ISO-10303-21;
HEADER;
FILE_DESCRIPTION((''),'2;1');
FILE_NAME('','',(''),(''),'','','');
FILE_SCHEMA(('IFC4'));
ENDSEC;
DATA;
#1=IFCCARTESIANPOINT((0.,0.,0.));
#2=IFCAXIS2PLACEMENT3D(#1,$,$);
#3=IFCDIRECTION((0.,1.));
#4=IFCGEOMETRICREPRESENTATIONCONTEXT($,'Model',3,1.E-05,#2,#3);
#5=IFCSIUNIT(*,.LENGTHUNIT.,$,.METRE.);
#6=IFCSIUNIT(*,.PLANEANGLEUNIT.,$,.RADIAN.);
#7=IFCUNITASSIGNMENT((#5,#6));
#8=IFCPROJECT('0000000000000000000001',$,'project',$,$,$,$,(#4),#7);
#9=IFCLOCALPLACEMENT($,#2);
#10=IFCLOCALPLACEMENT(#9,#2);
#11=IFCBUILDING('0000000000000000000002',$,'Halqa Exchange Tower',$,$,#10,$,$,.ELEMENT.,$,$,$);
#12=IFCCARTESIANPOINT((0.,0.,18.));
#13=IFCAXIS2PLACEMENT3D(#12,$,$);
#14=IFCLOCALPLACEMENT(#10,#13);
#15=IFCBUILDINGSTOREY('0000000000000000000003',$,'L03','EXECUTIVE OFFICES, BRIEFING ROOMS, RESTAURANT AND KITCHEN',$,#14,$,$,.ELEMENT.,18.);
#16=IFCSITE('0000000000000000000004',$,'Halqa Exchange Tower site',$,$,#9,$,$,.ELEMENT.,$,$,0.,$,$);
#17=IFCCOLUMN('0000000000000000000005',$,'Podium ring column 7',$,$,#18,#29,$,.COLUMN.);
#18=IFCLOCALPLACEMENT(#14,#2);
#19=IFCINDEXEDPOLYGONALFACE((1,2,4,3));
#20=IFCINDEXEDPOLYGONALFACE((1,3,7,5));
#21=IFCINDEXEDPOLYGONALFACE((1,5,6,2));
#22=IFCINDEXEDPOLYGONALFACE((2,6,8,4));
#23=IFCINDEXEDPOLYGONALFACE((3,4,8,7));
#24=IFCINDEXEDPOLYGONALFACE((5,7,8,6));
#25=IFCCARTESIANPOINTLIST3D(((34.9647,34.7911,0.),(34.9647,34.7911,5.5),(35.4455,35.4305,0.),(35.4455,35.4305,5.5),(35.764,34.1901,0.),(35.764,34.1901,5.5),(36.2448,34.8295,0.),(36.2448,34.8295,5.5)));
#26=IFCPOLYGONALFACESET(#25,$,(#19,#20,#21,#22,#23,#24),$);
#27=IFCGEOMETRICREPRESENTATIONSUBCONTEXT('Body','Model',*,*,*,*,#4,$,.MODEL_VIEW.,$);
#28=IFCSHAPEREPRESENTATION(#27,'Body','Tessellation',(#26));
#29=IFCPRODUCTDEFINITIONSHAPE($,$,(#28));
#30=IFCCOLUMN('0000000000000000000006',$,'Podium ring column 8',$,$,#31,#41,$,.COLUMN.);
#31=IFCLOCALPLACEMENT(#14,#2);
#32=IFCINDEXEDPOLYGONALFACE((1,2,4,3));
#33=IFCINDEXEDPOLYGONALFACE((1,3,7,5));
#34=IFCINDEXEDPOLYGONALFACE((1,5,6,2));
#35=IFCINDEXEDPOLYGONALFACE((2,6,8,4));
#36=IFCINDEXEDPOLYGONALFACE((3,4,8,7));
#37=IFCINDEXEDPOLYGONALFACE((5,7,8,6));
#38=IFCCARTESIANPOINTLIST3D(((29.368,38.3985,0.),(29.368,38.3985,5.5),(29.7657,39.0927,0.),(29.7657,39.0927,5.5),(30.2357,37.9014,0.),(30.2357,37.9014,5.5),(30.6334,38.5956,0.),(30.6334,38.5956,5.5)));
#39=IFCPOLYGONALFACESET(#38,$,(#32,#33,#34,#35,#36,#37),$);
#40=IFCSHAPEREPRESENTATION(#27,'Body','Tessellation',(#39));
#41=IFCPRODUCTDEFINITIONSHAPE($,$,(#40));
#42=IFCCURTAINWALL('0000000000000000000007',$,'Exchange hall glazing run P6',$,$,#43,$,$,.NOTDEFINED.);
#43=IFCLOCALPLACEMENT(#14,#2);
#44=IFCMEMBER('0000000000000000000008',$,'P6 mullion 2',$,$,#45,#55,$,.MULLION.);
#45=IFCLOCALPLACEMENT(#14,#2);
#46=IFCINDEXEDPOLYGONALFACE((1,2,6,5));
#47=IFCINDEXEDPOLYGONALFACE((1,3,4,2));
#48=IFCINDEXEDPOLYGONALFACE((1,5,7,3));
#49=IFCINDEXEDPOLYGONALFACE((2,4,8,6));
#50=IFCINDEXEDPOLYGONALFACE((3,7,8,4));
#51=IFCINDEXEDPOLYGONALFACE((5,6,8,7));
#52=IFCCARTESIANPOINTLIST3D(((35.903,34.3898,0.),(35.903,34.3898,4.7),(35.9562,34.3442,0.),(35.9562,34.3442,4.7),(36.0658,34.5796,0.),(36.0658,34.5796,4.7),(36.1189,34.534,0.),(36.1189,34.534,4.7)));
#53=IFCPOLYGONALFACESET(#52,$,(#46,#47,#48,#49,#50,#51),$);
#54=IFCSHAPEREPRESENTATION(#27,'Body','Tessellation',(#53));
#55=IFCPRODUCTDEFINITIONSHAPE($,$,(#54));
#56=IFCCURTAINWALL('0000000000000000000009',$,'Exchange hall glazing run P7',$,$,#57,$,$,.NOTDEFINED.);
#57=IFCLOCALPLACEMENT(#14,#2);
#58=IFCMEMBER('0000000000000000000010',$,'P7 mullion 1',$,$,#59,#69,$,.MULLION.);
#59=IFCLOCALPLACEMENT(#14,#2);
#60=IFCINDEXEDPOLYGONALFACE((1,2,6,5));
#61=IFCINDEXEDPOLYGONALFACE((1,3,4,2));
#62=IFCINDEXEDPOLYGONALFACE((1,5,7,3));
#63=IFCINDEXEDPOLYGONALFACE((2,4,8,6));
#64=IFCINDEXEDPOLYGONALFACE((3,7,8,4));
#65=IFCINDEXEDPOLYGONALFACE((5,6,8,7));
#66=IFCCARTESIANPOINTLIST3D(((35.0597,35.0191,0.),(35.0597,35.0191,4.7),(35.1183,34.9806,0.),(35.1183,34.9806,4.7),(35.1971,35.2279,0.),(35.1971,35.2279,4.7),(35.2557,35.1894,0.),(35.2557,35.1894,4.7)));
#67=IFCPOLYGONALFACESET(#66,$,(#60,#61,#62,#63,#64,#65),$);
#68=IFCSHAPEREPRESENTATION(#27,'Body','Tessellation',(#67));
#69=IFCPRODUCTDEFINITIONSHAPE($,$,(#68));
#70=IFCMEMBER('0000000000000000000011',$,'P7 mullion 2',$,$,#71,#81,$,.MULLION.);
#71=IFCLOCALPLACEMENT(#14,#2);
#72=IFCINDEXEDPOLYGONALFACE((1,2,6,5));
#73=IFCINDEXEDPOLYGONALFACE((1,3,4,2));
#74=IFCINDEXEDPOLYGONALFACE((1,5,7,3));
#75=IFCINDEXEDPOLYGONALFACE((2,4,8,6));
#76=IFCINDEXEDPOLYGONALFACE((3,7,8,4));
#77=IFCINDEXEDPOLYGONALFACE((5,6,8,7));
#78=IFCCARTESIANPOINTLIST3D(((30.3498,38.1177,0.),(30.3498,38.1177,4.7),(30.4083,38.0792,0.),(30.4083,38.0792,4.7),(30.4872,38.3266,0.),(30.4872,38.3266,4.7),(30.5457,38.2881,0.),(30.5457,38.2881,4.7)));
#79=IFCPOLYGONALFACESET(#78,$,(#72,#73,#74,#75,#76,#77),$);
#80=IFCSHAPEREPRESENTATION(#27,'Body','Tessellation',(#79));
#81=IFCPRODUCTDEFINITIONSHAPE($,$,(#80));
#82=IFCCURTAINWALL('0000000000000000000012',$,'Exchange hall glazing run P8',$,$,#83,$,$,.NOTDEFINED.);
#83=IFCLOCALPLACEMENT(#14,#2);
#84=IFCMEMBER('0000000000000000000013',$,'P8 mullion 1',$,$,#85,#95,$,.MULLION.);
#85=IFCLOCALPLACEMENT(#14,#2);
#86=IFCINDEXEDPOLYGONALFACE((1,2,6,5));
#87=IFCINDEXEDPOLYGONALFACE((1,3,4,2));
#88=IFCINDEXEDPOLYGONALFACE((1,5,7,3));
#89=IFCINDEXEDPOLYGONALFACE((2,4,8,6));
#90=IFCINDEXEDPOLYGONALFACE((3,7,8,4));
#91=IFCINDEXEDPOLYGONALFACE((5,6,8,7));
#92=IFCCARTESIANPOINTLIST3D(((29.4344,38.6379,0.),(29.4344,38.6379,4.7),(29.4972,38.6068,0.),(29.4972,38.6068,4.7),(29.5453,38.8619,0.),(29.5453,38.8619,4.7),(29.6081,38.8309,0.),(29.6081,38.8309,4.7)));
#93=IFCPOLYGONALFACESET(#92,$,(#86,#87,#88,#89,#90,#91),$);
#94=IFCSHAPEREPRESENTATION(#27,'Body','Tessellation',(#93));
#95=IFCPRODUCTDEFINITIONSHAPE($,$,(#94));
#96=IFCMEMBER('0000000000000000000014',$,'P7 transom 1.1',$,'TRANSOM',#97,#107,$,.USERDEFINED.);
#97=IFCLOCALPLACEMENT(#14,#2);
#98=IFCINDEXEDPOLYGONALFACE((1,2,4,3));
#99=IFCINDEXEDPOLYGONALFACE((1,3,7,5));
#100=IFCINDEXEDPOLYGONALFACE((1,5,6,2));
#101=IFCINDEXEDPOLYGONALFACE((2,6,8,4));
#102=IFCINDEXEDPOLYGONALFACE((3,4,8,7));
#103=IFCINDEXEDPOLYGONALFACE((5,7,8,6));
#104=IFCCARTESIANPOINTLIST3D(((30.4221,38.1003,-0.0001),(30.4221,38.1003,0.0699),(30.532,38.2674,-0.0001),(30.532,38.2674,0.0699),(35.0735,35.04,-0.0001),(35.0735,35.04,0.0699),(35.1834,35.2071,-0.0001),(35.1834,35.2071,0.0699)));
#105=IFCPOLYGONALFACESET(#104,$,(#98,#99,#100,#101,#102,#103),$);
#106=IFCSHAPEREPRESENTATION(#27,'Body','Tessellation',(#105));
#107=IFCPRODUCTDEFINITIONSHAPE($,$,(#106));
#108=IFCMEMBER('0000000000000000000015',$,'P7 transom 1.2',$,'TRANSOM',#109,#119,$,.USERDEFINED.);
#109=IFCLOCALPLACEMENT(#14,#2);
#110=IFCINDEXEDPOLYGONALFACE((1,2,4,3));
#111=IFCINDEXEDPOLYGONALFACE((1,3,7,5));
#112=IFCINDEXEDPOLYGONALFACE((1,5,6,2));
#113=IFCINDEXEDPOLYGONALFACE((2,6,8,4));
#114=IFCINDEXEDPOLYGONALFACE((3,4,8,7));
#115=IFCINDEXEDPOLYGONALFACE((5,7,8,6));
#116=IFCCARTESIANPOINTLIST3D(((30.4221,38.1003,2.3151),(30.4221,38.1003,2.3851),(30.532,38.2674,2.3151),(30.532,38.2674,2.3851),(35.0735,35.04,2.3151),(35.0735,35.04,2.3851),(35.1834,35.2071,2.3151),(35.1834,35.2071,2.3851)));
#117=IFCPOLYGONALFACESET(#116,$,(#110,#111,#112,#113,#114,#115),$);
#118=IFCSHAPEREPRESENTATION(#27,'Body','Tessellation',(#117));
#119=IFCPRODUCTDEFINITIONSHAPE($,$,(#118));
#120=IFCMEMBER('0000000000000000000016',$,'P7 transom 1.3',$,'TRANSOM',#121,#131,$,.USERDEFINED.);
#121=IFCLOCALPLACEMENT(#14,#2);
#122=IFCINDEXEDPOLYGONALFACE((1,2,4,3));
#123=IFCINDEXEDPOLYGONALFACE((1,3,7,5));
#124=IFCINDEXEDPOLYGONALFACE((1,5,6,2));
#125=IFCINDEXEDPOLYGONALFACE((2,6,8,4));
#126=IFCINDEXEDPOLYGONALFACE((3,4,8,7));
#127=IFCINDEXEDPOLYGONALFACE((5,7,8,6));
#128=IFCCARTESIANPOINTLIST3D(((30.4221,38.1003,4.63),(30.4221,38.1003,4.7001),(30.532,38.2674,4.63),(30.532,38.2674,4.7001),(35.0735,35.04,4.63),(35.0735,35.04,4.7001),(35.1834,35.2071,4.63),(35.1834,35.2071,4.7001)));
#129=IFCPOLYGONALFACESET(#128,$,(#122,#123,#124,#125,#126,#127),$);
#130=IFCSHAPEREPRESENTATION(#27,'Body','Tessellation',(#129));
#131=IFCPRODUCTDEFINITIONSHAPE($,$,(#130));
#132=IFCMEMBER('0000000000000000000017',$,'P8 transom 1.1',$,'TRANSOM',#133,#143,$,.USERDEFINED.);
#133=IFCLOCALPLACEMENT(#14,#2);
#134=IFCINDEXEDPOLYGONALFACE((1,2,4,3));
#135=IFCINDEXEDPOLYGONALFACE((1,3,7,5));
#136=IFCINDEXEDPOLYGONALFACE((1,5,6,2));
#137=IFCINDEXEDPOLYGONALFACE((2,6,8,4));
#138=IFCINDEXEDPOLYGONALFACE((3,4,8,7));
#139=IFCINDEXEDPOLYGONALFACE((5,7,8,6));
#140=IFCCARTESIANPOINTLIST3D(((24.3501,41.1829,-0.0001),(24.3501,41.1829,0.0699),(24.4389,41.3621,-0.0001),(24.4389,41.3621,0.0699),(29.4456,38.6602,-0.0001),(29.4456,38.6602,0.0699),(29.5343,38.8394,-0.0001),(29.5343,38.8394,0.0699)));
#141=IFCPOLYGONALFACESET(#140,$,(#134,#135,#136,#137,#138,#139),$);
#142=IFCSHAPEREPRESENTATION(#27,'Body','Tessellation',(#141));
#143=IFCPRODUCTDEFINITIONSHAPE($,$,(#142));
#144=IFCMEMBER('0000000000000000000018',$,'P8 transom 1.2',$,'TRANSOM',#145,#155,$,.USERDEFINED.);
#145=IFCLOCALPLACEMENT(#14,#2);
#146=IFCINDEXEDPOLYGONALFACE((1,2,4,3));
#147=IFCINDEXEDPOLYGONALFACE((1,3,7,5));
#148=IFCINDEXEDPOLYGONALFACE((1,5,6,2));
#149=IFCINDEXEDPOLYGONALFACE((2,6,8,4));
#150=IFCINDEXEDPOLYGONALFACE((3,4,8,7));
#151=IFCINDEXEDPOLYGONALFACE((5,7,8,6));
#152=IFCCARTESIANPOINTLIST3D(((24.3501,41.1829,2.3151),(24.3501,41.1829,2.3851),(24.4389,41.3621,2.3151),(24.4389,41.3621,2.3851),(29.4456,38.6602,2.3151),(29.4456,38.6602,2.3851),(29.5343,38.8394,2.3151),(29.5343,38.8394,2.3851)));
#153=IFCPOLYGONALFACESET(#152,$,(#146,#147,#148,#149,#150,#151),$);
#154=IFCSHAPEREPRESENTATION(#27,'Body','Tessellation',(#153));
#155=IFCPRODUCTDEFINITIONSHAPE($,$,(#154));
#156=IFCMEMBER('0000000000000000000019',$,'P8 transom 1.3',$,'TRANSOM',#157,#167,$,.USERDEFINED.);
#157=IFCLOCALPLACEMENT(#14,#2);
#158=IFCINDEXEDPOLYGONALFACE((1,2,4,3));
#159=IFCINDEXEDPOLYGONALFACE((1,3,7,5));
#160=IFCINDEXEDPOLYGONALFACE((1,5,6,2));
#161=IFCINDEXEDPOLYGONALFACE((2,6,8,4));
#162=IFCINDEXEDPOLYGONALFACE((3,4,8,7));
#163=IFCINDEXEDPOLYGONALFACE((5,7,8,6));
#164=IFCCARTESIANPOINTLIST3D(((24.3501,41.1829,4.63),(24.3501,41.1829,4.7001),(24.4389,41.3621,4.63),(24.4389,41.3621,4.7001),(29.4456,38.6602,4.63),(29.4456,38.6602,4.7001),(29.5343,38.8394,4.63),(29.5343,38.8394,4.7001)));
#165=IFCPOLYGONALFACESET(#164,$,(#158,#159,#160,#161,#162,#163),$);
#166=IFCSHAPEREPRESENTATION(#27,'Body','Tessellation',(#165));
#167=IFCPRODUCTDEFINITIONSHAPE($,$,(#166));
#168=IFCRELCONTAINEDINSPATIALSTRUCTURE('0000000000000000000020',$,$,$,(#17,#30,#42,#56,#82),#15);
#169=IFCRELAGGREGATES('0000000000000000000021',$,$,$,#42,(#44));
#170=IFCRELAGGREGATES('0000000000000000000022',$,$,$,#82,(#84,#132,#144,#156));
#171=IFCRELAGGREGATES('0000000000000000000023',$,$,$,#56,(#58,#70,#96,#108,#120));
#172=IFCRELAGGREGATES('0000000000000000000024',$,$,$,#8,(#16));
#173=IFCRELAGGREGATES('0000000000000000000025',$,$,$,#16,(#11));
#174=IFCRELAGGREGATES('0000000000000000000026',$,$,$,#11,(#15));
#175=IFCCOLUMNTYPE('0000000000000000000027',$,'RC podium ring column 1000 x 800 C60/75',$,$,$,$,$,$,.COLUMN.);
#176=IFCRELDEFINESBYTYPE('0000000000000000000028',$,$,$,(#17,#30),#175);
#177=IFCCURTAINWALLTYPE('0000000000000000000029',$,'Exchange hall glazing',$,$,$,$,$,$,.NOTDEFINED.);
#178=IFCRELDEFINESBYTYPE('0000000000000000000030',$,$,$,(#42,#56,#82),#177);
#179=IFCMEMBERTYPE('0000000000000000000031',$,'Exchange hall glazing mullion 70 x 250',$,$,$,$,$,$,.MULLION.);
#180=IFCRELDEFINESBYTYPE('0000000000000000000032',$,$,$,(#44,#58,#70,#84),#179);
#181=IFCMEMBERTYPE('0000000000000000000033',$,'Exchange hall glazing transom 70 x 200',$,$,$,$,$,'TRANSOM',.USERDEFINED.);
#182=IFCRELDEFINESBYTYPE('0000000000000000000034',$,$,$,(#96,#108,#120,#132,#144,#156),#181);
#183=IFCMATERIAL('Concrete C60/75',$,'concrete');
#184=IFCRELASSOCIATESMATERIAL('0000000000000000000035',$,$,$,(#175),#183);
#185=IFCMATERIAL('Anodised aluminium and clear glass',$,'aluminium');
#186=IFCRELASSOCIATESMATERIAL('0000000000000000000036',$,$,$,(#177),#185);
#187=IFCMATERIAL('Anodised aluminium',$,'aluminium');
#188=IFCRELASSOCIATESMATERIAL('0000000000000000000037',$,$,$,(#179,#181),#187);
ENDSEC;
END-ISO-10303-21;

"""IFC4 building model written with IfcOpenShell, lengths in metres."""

from ifc_helpers import new_model, si_unit, direction, frame, origin, origin_2d, place, context, subcontext, project, spatial, rectangle, extrude, material, material_profile, profile_set, type_object, element, aggregate, save


model = new_model("IFC4")

# Units and contexts
model_context = context("Model", 3, precision=1e-05, world=origin(), true_north=direction((0.0, 1.0)))
body_context = subcontext(model_context, "Body", "Model", "MODEL_VIEW")
ifc_project = project(units=[si_unit("LENGTHUNIT", "METRE"), si_unit("PLANEANGLEUNIT", "RADIAN")], contexts=[model_context])

# Site, building, storey
site_placement = place(None, origin())
site = spatial("IfcSite", under=ifc_project, at=site_placement, Name="Halqa Exchange Tower site", CompositionType="ELEMENT", RefElevation=0.0)
building_placement = place(site_placement, origin())
building = spatial("IfcBuilding", under=site, at=building_placement, Name="Halqa Exchange Tower", CompositionType="ELEMENT")
storey_placement = place(building_placement, frame((0.0, 0.0, 18.0)))
storey = spatial("IfcBuildingStorey", under=building, at=storey_placement, Name="L03", Description="EXECUTIVE OFFICES, BRIEFING ROOMS, RESTAURANT AND KITCHEN", CompositionType="ELEMENT", Elevation=18.0)

# Columns
ifc_material_1 = material(Name="Concrete C60/75", Category="concrete")
ifc_material_profile_1 = material_profile(ifc_material_1, rectangle(XDim=1.0, YDim=0.8, at=origin_2d()), Name="1000 x 800")
ifc_profile_set_1 = profile_set([ifc_material_profile_1], Name="Concrete C60/75")
column_type = type_object("IfcColumnType", Name="RC podium ring column 1000 x 800 C60/75", PredefinedType="COLUMN", material=ifc_profile_set_1)
for number, where, z_axis, x_axis, name in (
    (1, (35.6047, 34.8103, 0.0), (0.0, 0.0, 1.0), (-0.79926, 0.600985, 0.0), "Podium ring column 7"),
    (2, (30.0007, 38.4971, 0.0), (0.0, 0.0, 1.0), (-0.867693, 0.4971, 0.0), "Podium ring column 8"),
):
    element("IfcColumn", number, at=place(storey_placement, frame(where, z_axis=z_axis, x_axis=x_axis)), inside=storey, type_object=column_type, Name=name, PredefinedType="COLUMN", context=body_context, shape_type="SweptSolid", body=[
        extrude(rectangle(XDim=1.0, YDim=0.8, at=origin_2d()), origin(), (0.0, 0.0, 1.0), 5.5),
    ])

# Curtain wall, member
ifc_material_2 = material(Name="Anodised aluminium and clear glass", Category="aluminium")
curtain_wall_type = type_object("IfcCurtainWallType", Name="Exchange hall glazing", PredefinedType="NOTDEFINED", material=ifc_material_2)
curtain_wall_1_placement = place(storey_placement, origin())
curtain_wall_1 = element("IfcCurtainWall", 3, at=curtain_wall_1_placement, inside=storey, type_object=curtain_wall_type, Name="Exchange hall glazing run P6", PredefinedType="NOTDEFINED")
ifc_material_3 = material(Name="Anodised aluminium", Category="aluminium")
ifc_material_profile_2 = material_profile(ifc_material_3, rectangle(XDim=0.25, YDim=0.0701, at=origin_2d()), Name="AL 70x250")
ifc_profile_set_2 = profile_set([ifc_material_profile_2], Name="Anodised aluminium")
member_type_1 = type_object("IfcMemberType", Name="Exchange hall glazing mullion 70 x 250", PredefinedType="MULLION", material=ifc_profile_set_2)
member_1_placement = place(storey_placement, frame((36.011, 34.4619, 0.0), z_axis=(0.0, 0.0, 1.0), x_axis=(-0.650911, -0.759154, 0.0)))
member_1 = element("IfcMember", 4, at=member_1_placement, type_object=member_type_1, Name="P6 mullion 2", PredefinedType="MULLION", context=body_context, shape_type="SweptSolid", body=[
    extrude(rectangle(XDim=0.25, YDim=0.0701, at=origin_2d()), origin(), (0.0, 0.0, 1.0), 4.7),
])
aggregate(curtain_wall_1, [member_1])

# Curtain wall, members
curtain_wall_2_placement = place(storey_placement, origin())
curtain_wall_2 = element("IfcCurtainWall", 5, at=curtain_wall_2_placement, inside=storey, type_object=curtain_wall_type, Name="Exchange hall glazing run P7", PredefinedType="NOTDEFINED")
member_2_placement = place(storey_placement, frame((35.1577, 35.1042, 0.0), z_axis=(0.0, 0.0, 1.0), x_axis=(-0.54962, -0.835415, 0.0)))
member_2 = element("IfcMember", 6, at=member_2_placement, type_object=member_type_1, Name="P7 mullion 1", PredefinedType="MULLION", context=body_context, shape_type="SweptSolid", body=[
    extrude(rectangle(XDim=0.25, YDim=0.0701, at=origin_2d()), origin(), (0.0, 0.0, 1.0), 4.7),
])
member_3_placement = place(storey_placement, frame((30.4478, 38.2029, 0.0), z_axis=(0.0, 0.0, 1.0), x_axis=(-0.54962, -0.835415, 0.0)))
member_3 = element("IfcMember", 7, at=member_3_placement, type_object=member_type_1, Name="P7 mullion 2", PredefinedType="MULLION", context=body_context, shape_type="SweptSolid", body=[
    extrude(rectangle(XDim=0.25, YDim=0.0701, at=origin_2d()), origin(), (0.0, 0.0, 1.0), 4.7),
])

# Curtain wall, member
curtain_wall_3_placement = place(storey_placement, origin())
curtain_wall_3 = element("IfcCurtainWall", 8, at=curtain_wall_3_placement, inside=storey, type_object=curtain_wall_type, Name="Exchange hall glazing run P8", PredefinedType="NOTDEFINED")
member_4_placement = place(storey_placement, frame((29.5212, 38.7344, 0.0), z_axis=(0.0, 0.0, 1.0), x_axis=(-0.443653, -0.896198, 0.0)))
member_4 = element("IfcMember", 9, at=member_4_placement, type_object=member_type_1, Name="P8 mullion 1", PredefinedType="MULLION", context=body_context, shape_type="SweptSolid", body=[
    extrude(rectangle(XDim=0.25, YDim=0.0701, at=origin_2d()), origin(), (0.0, 0.0, 1.0), 4.7),
])

# Members
ifc_material_profile_3 = material_profile(ifc_material_3, rectangle(XDim=0.2, YDim=0.0701, at=origin_2d()), Name="AL 70x200")
ifc_profile_set_3 = profile_set([ifc_material_profile_3], Name="Anodised aluminium")
member_type_2 = type_object("IfcMemberType", Name="Exchange hall glazing transom 70 x 200", ElementType="TRANSOM", PredefinedType="USERDEFINED", material=ifc_profile_set_3)
member_5_placement = place(storey_placement, frame((35.1284, 35.1235, 0.0349), z_axis=(-0.835401, 0.549641, 0.0), x_axis=(-0.549641, -0.835401, 0.0)))
member_5 = element("IfcMember", 10, at=member_5_placement, type_object=member_type_2, Name="P7 transom 1.1", ObjectType="TRANSOM", PredefinedType="USERDEFINED", context=body_context, shape_type="SweptSolid", body=[
    extrude(rectangle(XDim=0.2, YDim=0.0701, at=origin_2d()), origin(), (0.0, 0.0, 1.0), 5.5679),
])
member_6_placement = place(storey_placement, frame((35.1284, 35.1235, 2.3501), z_axis=(-0.835401, 0.549641, 0.0), x_axis=(-0.549641, -0.835401, 0.0)))
member_6 = element("IfcMember", 11, at=member_6_placement, type_object=member_type_2, Name="P7 transom 1.2", ObjectType="TRANSOM", PredefinedType="USERDEFINED", context=body_context, shape_type="SweptSolid", body=[
    extrude(rectangle(XDim=0.2, YDim=0.0701, at=origin_2d()), origin(), (0.0, 0.0, 1.0), 5.5679),
])
member_7_placement = place(storey_placement, frame((35.1284, 35.1235, 4.665), z_axis=(-0.835401, 0.549641, 0.0), x_axis=(-0.549641, -0.835401, 0.0)))
member_7 = element("IfcMember", 12, at=member_7_placement, type_object=member_type_2, Name="P7 transom 1.3", ObjectType="TRANSOM", PredefinedType="USERDEFINED", context=body_context, shape_type="SweptSolid", body=[
    extrude(rectangle(XDim=0.2, YDim=0.0701, at=origin_2d()), origin(), (0.0, 0.0, 1.0), 5.5679),
])
member_8_placement = place(storey_placement, frame((29.49, 38.7498, 0.0349), z_axis=(-0.896181, 0.443689, 0.0), x_axis=(-0.443689, -0.896181, 0.0)))
member_8 = element("IfcMember", 13, at=member_8_placement, type_object=member_type_2, Name="P8 transom 1.1", ObjectType="TRANSOM", PredefinedType="USERDEFINED", context=body_context, shape_type="SweptSolid", body=[
    extrude(rectangle(XDim=0.2, YDim=0.0701, at=origin_2d()), origin(), (0.0, 0.0, 1.0), 5.6858),
])
member_9_placement = place(storey_placement, frame((29.49, 38.7498, 2.3501), z_axis=(-0.896181, 0.443689, 0.0), x_axis=(-0.443689, -0.896181, 0.0)))
member_9 = element("IfcMember", 14, at=member_9_placement, type_object=member_type_2, Name="P8 transom 1.2", ObjectType="TRANSOM", PredefinedType="USERDEFINED", context=body_context, shape_type="SweptSolid", body=[
    extrude(rectangle(XDim=0.2, YDim=0.0701, at=origin_2d()), origin(), (0.0, 0.0, 1.0), 5.6858),
])
member_10_placement = place(storey_placement, frame((29.49, 38.7498, 4.665), z_axis=(-0.896181, 0.443689, 0.0), x_axis=(-0.443689, -0.896181, 0.0)))
member_10 = element("IfcMember", 15, at=member_10_placement, type_object=member_type_2, Name="P8 transom 1.3", ObjectType="TRANSOM", PredefinedType="USERDEFINED", context=body_context, shape_type="SweptSolid", body=[
    extrude(rectangle(XDim=0.2, YDim=0.0701, at=origin_2d()), origin(), (0.0, 0.0, 1.0), 5.6858),
])
aggregate(curtain_wall_3, [member_4, member_8, member_9, member_10])

aggregate(curtain_wall_2, [member_2, member_3, member_5, member_6, member_7])

save(model, "model.ifc")
